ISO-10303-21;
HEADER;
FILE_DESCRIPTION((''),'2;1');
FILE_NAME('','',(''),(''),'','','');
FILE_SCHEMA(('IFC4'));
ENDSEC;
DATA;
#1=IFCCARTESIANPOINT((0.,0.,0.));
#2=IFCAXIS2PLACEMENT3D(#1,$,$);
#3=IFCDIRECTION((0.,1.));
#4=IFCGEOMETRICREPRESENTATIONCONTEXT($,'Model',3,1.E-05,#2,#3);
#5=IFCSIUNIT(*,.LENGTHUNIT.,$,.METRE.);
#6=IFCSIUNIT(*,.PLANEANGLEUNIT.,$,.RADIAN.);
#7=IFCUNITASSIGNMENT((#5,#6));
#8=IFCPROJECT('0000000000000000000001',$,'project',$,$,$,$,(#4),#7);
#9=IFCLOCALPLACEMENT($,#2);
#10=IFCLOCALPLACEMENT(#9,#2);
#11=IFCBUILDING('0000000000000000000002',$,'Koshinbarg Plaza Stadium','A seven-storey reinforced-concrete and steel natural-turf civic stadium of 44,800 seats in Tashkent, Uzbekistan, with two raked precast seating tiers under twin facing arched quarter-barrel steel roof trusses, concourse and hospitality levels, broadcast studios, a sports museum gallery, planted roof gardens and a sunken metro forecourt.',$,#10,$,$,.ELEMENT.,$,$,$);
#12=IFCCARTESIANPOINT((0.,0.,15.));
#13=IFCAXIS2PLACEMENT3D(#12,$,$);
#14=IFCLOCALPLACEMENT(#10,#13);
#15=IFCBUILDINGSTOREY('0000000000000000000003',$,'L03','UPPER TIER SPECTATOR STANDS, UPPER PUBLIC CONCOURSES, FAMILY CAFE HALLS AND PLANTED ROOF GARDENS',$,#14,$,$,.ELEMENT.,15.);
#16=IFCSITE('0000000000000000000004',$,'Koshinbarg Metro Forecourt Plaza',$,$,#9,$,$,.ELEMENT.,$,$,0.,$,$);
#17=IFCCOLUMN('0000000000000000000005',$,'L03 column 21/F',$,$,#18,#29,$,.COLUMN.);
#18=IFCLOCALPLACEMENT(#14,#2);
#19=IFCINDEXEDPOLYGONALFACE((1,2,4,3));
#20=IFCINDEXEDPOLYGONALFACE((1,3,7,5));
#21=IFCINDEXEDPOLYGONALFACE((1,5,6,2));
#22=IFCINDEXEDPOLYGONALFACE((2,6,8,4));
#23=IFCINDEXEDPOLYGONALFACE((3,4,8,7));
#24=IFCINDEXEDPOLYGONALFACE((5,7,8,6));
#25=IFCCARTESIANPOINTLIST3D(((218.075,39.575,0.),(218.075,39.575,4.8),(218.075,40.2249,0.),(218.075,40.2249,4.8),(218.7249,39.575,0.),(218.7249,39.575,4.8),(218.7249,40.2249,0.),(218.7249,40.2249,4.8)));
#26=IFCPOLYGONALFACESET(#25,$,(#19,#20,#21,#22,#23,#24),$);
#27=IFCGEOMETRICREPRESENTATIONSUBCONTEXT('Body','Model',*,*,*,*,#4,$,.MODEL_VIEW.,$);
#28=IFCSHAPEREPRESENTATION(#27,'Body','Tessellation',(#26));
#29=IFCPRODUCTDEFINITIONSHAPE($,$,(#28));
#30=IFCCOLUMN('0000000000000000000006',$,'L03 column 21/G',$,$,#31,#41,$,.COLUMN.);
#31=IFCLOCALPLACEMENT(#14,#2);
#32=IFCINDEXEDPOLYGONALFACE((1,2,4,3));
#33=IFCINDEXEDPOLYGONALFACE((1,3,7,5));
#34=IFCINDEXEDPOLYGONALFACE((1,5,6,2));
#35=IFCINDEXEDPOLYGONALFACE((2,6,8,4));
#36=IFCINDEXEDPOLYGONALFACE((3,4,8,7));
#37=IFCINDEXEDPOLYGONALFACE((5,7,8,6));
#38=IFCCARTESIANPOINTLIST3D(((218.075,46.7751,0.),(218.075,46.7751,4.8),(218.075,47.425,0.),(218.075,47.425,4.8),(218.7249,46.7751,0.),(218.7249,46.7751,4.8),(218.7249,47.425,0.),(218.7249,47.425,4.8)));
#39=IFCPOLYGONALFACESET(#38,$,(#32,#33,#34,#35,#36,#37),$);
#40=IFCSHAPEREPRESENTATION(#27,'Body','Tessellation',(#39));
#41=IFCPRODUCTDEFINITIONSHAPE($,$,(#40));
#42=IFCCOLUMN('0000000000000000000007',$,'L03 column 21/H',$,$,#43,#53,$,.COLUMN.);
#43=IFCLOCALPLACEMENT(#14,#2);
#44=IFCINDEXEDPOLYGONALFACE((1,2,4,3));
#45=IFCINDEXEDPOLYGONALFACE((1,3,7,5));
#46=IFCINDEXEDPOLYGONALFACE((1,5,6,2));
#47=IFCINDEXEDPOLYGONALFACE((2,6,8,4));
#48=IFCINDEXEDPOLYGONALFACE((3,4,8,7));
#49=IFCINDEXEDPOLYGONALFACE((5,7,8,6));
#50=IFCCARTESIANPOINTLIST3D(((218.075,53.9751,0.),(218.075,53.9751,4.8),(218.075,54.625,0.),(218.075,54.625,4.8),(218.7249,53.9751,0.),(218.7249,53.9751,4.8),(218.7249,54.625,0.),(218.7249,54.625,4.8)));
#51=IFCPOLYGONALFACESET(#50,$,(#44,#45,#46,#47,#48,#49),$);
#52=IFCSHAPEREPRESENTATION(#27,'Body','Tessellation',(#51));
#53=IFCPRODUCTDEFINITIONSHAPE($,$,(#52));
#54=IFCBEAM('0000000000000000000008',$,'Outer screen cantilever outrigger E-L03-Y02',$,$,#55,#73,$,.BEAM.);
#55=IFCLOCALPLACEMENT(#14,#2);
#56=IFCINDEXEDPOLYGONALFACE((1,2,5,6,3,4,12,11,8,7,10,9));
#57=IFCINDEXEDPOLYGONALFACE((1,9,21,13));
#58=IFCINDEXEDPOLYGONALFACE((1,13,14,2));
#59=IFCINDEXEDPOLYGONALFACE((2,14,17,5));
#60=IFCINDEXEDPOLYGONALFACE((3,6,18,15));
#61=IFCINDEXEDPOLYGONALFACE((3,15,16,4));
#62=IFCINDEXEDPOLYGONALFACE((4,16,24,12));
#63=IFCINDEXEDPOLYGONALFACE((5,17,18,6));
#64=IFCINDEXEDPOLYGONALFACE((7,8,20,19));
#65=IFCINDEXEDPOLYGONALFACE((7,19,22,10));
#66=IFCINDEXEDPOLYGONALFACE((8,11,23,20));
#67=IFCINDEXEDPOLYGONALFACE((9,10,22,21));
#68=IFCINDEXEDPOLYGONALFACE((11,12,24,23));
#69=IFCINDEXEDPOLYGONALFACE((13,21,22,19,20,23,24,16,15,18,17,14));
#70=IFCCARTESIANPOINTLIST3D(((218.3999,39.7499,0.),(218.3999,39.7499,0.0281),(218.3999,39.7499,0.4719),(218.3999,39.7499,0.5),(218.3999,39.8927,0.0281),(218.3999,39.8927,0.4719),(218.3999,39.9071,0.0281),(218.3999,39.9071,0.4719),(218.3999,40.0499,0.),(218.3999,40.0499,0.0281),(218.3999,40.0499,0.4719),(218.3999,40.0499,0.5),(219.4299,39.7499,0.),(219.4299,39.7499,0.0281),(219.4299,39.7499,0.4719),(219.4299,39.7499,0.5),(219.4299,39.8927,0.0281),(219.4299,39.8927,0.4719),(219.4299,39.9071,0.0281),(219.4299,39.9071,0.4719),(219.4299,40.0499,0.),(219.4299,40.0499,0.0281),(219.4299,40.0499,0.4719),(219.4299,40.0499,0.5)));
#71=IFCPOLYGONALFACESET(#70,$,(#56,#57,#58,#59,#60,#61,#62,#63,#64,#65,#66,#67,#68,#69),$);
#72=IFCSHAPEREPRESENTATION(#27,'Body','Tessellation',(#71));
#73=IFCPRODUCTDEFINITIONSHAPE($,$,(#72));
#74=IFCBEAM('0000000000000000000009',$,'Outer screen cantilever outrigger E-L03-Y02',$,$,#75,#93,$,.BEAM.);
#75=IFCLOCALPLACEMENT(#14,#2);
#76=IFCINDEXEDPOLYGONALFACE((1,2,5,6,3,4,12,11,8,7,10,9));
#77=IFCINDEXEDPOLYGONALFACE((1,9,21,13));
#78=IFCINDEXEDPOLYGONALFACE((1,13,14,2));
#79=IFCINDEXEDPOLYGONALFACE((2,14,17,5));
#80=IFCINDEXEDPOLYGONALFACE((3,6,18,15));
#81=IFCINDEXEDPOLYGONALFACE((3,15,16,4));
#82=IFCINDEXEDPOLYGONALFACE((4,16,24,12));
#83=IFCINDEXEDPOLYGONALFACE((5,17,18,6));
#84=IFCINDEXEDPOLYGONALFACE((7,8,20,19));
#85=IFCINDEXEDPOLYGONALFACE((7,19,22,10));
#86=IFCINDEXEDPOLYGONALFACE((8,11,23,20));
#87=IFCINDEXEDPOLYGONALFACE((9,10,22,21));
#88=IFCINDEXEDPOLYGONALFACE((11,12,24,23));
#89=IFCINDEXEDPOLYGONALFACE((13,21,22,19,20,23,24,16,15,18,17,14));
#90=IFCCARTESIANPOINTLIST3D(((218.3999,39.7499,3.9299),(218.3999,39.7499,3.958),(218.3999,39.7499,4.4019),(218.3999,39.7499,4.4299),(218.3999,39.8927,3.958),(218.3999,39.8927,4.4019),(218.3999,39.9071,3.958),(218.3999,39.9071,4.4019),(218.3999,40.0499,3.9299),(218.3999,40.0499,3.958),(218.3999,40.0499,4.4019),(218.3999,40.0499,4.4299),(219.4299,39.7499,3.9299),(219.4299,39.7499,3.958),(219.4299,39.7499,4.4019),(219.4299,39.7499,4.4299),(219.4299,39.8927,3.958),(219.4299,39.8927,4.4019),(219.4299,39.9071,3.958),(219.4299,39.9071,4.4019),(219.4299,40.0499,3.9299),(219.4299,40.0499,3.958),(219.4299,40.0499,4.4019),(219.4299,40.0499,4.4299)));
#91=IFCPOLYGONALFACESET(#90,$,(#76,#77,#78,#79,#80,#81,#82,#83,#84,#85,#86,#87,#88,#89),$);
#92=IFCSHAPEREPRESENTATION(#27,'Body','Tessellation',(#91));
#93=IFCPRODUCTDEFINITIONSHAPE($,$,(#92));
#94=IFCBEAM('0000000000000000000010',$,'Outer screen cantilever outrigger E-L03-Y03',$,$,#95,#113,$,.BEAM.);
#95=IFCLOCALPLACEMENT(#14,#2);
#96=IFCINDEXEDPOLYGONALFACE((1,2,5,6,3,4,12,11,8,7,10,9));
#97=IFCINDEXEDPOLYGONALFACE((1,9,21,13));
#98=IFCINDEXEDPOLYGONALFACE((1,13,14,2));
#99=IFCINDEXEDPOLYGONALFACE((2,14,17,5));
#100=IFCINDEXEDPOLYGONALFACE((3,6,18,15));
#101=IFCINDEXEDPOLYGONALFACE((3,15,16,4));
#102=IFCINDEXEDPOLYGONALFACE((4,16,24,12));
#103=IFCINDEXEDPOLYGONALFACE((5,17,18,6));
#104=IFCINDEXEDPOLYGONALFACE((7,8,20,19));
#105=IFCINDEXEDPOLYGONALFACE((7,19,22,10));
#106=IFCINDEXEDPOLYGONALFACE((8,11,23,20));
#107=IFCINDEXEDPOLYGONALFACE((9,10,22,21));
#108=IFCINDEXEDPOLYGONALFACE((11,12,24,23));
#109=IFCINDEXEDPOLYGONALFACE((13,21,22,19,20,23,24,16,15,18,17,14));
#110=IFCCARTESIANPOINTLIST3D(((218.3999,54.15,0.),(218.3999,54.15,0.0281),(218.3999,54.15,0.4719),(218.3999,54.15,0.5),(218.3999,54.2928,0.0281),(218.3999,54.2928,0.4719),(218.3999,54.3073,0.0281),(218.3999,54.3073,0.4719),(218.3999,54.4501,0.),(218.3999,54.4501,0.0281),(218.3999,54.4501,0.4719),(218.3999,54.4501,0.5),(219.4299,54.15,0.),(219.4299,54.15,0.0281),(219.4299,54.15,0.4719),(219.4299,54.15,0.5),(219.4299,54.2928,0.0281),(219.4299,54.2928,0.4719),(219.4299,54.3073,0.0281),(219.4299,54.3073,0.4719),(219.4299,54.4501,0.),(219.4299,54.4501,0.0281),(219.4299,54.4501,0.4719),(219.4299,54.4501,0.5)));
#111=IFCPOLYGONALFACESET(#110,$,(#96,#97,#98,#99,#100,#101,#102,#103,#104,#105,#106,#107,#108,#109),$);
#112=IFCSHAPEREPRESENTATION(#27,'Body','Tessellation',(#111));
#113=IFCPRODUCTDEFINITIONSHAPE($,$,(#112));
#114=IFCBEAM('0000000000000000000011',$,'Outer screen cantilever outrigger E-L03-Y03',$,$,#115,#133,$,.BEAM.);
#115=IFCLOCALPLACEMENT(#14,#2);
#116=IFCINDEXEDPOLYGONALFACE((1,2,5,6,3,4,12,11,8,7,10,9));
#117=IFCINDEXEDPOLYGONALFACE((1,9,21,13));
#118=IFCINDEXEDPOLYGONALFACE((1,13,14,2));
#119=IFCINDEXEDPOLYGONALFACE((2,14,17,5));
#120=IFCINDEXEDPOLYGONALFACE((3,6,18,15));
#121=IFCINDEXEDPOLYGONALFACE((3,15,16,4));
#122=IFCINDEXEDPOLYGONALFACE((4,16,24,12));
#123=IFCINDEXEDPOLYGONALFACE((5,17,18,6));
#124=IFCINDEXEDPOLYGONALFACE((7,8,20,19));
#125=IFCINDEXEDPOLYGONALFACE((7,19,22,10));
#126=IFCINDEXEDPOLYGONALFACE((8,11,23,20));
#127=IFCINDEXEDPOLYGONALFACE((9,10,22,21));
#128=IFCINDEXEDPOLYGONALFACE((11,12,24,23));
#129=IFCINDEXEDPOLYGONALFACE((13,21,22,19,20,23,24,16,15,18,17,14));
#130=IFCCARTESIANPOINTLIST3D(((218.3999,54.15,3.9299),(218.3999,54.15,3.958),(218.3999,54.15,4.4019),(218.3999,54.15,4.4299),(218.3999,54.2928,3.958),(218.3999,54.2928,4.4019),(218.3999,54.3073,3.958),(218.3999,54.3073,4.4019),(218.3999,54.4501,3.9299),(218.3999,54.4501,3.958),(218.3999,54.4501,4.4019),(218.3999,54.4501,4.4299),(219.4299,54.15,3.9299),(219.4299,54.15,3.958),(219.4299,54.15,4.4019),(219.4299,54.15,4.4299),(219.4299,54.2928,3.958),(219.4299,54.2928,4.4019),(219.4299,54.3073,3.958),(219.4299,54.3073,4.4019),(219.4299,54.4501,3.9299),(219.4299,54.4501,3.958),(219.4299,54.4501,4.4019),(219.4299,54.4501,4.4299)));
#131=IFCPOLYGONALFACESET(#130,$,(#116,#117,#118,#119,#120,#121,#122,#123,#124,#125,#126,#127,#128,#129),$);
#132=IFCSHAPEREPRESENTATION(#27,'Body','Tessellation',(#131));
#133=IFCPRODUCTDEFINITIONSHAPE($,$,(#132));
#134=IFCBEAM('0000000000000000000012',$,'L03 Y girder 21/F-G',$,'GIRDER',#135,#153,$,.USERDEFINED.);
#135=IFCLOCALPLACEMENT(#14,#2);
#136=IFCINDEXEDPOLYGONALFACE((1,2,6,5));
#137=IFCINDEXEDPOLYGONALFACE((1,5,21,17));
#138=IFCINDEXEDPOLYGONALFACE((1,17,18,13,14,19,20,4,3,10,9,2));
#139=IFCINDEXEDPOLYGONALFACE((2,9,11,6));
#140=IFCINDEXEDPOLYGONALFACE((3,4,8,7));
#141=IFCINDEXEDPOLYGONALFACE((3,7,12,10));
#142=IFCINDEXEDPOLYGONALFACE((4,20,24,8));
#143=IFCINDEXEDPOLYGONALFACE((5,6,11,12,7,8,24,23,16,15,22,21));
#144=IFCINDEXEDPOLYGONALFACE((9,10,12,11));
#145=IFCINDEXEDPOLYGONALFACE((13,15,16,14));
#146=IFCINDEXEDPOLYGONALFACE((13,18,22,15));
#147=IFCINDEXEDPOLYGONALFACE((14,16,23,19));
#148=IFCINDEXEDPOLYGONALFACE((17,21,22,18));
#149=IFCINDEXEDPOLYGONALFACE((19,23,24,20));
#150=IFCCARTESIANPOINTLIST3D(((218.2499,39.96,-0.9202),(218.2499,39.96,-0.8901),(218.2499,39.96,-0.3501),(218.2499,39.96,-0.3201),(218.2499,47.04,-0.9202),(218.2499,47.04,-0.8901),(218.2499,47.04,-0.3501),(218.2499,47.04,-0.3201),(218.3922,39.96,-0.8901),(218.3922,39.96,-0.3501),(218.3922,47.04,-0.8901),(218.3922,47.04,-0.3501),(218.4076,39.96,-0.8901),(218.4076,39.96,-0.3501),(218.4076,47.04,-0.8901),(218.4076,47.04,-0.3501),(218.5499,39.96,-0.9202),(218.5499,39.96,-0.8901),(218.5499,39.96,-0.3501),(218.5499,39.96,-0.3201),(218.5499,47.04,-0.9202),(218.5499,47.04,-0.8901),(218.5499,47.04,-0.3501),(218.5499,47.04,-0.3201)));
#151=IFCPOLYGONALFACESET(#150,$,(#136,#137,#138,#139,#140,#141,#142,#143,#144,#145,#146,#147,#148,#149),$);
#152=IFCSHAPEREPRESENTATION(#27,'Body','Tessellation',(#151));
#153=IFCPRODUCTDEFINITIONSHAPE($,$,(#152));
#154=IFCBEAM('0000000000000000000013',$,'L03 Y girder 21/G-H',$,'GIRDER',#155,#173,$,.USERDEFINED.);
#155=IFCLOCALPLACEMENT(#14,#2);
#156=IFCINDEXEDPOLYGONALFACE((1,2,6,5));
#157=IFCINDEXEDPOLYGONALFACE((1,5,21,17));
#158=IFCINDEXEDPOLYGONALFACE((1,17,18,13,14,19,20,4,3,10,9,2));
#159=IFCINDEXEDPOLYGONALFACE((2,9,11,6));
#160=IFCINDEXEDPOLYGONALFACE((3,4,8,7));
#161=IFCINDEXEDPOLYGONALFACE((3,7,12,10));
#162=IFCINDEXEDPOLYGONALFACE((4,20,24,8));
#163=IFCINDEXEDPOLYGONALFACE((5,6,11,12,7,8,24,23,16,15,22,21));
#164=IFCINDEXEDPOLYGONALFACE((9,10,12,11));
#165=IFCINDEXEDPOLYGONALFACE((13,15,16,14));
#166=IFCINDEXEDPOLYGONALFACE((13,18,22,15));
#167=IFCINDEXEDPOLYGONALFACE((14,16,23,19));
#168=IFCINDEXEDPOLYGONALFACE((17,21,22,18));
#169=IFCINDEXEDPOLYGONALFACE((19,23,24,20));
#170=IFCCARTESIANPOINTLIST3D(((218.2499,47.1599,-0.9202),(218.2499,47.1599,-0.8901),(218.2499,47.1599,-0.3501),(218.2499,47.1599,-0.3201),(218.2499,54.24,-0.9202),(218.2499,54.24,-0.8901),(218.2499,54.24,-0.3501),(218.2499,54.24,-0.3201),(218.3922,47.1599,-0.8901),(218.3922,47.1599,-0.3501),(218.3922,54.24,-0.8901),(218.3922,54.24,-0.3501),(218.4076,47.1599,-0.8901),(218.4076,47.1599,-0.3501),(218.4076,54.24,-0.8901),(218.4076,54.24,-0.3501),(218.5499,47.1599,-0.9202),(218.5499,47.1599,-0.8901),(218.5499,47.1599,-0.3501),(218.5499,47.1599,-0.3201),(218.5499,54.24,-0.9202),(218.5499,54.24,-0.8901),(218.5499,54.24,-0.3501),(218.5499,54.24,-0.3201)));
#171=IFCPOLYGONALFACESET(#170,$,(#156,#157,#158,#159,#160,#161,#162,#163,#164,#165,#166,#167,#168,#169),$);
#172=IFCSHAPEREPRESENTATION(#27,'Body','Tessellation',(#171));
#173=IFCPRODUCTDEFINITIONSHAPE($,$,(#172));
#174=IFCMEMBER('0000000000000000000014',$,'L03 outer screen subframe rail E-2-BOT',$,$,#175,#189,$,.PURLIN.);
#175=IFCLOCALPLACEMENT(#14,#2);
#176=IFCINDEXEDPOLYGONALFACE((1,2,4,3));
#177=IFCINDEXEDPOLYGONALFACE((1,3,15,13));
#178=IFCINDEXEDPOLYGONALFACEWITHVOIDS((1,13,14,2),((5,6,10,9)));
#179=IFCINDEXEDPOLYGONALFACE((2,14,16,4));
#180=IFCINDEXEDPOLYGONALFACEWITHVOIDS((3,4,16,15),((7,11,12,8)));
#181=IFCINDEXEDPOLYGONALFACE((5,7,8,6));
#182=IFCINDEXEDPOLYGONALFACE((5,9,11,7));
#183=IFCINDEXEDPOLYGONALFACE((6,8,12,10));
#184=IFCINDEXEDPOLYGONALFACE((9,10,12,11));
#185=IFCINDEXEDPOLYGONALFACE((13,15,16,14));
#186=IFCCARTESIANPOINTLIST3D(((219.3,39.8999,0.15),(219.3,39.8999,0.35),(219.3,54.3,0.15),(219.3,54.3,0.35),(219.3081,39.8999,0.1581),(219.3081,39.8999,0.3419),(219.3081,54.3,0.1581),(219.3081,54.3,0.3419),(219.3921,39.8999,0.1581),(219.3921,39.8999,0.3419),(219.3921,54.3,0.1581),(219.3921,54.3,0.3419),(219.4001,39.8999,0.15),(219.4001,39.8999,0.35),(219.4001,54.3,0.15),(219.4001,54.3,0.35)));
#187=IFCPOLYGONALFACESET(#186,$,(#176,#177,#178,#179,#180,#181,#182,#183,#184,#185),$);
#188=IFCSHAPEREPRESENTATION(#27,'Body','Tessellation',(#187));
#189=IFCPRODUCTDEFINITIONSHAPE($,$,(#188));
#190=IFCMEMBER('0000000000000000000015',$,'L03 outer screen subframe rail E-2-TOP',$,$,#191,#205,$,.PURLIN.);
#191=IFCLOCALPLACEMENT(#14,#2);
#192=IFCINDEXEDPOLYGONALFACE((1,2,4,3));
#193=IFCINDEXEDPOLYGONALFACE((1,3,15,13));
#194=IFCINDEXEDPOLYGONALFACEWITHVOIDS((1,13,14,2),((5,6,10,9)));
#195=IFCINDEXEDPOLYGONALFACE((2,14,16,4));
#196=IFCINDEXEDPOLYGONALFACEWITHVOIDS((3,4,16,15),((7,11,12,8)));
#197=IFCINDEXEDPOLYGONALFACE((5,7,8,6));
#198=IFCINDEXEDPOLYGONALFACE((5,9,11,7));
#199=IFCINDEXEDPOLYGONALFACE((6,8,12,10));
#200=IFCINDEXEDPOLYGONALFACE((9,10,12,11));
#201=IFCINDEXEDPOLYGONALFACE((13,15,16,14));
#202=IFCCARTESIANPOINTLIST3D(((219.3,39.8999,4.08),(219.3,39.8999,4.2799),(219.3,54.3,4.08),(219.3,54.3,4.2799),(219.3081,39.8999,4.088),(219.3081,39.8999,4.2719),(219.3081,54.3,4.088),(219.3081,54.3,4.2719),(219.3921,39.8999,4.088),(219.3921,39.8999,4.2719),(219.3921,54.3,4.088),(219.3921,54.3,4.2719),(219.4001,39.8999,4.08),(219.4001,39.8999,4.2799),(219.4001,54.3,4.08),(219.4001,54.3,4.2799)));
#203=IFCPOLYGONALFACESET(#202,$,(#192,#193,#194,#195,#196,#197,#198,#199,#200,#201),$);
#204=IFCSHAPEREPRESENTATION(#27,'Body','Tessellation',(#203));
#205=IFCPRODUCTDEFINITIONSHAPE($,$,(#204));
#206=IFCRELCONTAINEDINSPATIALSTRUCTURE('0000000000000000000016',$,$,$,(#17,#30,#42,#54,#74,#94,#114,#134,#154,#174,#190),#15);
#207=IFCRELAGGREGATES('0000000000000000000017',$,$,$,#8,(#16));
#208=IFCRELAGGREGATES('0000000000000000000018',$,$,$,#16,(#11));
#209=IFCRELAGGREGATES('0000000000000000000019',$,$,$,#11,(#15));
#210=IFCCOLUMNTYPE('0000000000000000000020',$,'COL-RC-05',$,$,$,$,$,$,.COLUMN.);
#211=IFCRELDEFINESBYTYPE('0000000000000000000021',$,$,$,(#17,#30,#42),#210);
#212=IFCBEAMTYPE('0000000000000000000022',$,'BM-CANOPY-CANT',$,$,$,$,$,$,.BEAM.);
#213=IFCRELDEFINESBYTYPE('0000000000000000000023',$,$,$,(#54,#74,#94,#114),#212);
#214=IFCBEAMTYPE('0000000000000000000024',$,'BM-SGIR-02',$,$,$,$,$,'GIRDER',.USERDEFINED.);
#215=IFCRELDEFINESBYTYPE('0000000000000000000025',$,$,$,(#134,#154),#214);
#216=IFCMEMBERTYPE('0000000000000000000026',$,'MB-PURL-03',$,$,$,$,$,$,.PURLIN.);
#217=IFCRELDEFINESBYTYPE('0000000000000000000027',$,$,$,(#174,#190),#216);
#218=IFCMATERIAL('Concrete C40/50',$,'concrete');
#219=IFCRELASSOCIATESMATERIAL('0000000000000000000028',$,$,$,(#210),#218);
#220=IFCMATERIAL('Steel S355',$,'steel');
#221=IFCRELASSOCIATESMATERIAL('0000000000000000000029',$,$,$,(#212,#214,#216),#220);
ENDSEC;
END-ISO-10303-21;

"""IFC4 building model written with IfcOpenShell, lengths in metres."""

from ifc_helpers import new_model, si_unit, direction, frame, origin, origin_2d, place, context, subcontext, project, spatial, rectangle, hollow_rectangle, i_section, extrude, material, material_profile, profile_set, type_object, element, save


model = new_model("IFC4")

# Units and contexts
model_context = context("Model", 3, precision=1e-05, world=origin(), true_north=direction((0.0, 1.0)))
body_context = subcontext(model_context, "Body", "Model", "MODEL_VIEW")
ifc_project = project(units=[si_unit("LENGTHUNIT", "METRE"), si_unit("PLANEANGLEUNIT", "RADIAN")], contexts=[model_context])

# Site, building, storey
site_placement = place(None, origin())
site = spatial("IfcSite", under=ifc_project, at=site_placement, Name="Koshinbarg Metro Forecourt Plaza", CompositionType="ELEMENT", RefElevation=0.0)
building_placement = place(site_placement, origin())
building = spatial("IfcBuilding", under=site, at=building_placement, Name="Koshinbarg Plaza Stadium", Description="A seven-storey reinforced-concrete and steel natural-turf civic stadium of 44,800 seats in Tashkent, Uzbekistan, with two raked precast seating tiers under twin facing arched quarter-barrel steel roof trusses, concourse and hospitality levels, broadcast studios, a sports museum gallery, planted roof gardens and a sunken metro forecourt.", CompositionType="ELEMENT")
storey_placement = place(building_placement, frame((0.0, 0.0, 15.0)))
storey = spatial("IfcBuildingStorey", under=building, at=storey_placement, Name="L03", Description="UPPER TIER SPECTATOR STANDS, UPPER PUBLIC CONCOURSES, FAMILY CAFE HALLS AND PLANTED ROOF GARDENS", CompositionType="ELEMENT", Elevation=15.0)

# Columns
ifc_material_1 = material(Name="Concrete C40/50", Category="concrete")
ifc_material_profile_1 = material_profile(ifc_material_1, rectangle(XDim=0.6499, YDim=0.6499, at=origin_2d()), Name="RC 650x650")
ifc_profile_set_1 = profile_set([ifc_material_profile_1], Name="Concrete C40/50")
column_type = type_object("IfcColumnType", Name="COL-RC-05", PredefinedType="COLUMN", material=ifc_profile_set_1)
for number, where, z_axis, x_axis, name in (
    (1, (218.3999, 39.8999, 0.0), (0.0, 0.0, 1.0), (1.0, 0.0, 0.0), "L03 column 21/F"),
    (2, (218.3999, 47.1001, 0.0), (0.0, 0.0, 1.0), (1.0, 0.0, 0.0), "L03 column 21/G"),
    (3, (218.3999, 54.3, 0.0), (0.0, 0.0, 1.0), (1.0, 0.0, 0.0), "L03 column 21/H"),
):
    element("IfcColumn", number, at=place(storey_placement, frame(where, z_axis=z_axis, x_axis=x_axis)), inside=storey, type_object=column_type, Name=name, PredefinedType="COLUMN", context=body_context, shape_type="SweptSolid", body=[
        extrude(rectangle(XDim=0.6499, YDim=0.6499, at=origin_2d()), origin(), (0.0, 0.0, 1.0), 4.8),
    ])

# Beams
ifc_material_2 = material(Name="Steel S355", Category="steel")
ifc_material_profile_2 = material_profile(ifc_material_2, i_section(OverallWidth=0.3, OverallDepth=0.5, WebThickness=0.0144, FlangeThickness=0.0281, at=origin_2d()), Name="HEB 500")
ifc_profile_set_2 = profile_set([ifc_material_profile_2], Name="Steel S355")
beam_type_1 = type_object("IfcBeamType", Name="BM-CANOPY-CANT", PredefinedType="BEAM", material=ifc_profile_set_2)
for number, where, z_axis, x_axis, name in (
    (4, (218.3999, 39.8999, 0.25), (1.0, 0.0, 0.0), (0.0, 1.0, 0.0), "Outer screen cantilever outrigger E-L03-Y02"),
    (5, (218.3999, 39.8999, 4.1799), (1.0, 0.0, 0.0), (0.0, 1.0, 0.0), "Outer screen cantilever outrigger E-L03-Y02"),
    (6, (218.3999, 54.3, 0.25), (1.0, 0.0, 0.0), (0.0, 1.0, 0.0), "Outer screen cantilever outrigger E-L03-Y03"),
    (7, (218.3999, 54.3, 4.1799), (1.0, 0.0, 0.0), (0.0, 1.0, 0.0), "Outer screen cantilever outrigger E-L03-Y03"),
):
    element("IfcBeam", number, at=place(storey_placement, frame(where, z_axis=z_axis, x_axis=x_axis)), inside=storey, type_object=beam_type_1, Name=name, PredefinedType="BEAM", context=body_context, shape_type="SweptSolid", body=[
        extrude(i_section(OverallWidth=0.3, OverallDepth=0.5, WebThickness=0.0144, FlangeThickness=0.0281, at=origin_2d()), origin(), (0.0, 0.0, 1.0), 1.03),
    ])
ifc_material_profile_3 = material_profile(ifc_material_2, i_section(OverallWidth=0.3, OverallDepth=0.6001, WebThickness=0.0154, FlangeThickness=0.03, at=origin_2d()), Name="HEB 600")
ifc_profile_set_3 = profile_set([ifc_material_profile_3], Name="Steel S355")
beam_type_2 = type_object("IfcBeamType", Name="BM-SGIR-02", ElementType="GIRDER", PredefinedType="USERDEFINED", material=ifc_profile_set_3)
for number, where, z_axis, x_axis, name in (
    (8, (218.3999, 39.96, -0.6201), (0.0, 1.0, 0.0), (-1.0, 0.0, 0.0), "L03 Y girder 21/F-G"),
    (9, (218.3999, 47.1599, -0.6201), (0.0, 1.0, 0.0), (-1.0, 0.0, 0.0), "L03 Y girder 21/G-H"),
):
    element("IfcBeam", number, at=place(storey_placement, frame(where, z_axis=z_axis, x_axis=x_axis)), inside=storey, type_object=beam_type_2, Name=name, ObjectType="GIRDER", PredefinedType="USERDEFINED", context=body_context, shape_type="SweptSolid", body=[
        extrude(i_section(OverallWidth=0.3, OverallDepth=0.6001, WebThickness=0.0154, FlangeThickness=0.03, at=origin_2d()), origin(), (0.0, 0.0, 1.0), 7.0801),
    ])

# Members
ifc_material_profile_4 = material_profile(ifc_material_2, hollow_rectangle(XDim=0.1001, YDim=0.2, WallThickness=0.0081, at=origin_2d()), Name="RHS 200x100x8")
ifc_profile_set_4 = profile_set([ifc_material_profile_4], Name="Steel S355")
member_type = type_object("IfcMemberType", Name="MB-PURL-03", PredefinedType="PURLIN", material=ifc_profile_set_4)
for number, where, z_axis, x_axis, name in (
    (10, (219.3501, 39.8999, 0.25), (0.0, 1.0, 0.0), (-1.0, 0.0, 0.0), "L03 outer screen subframe rail E-2-BOT"),
    (11, (219.3501, 39.8999, 4.1799), (0.0, 1.0, 0.0), (-1.0, 0.0, 0.0), "L03 outer screen subframe rail E-2-TOP"),
):
    element("IfcMember", number, at=place(storey_placement, frame(where, z_axis=z_axis, x_axis=x_axis)), inside=storey, type_object=member_type, Name=name, PredefinedType="PURLIN", context=body_context, shape_type="SweptSolid", body=[
        extrude(hollow_rectangle(XDim=0.1001, YDim=0.2, WallThickness=0.0081, at=origin_2d()), origin(), (0.0, 0.0, 1.0), 14.4001),
    ])

save(model, "model.ifc")
